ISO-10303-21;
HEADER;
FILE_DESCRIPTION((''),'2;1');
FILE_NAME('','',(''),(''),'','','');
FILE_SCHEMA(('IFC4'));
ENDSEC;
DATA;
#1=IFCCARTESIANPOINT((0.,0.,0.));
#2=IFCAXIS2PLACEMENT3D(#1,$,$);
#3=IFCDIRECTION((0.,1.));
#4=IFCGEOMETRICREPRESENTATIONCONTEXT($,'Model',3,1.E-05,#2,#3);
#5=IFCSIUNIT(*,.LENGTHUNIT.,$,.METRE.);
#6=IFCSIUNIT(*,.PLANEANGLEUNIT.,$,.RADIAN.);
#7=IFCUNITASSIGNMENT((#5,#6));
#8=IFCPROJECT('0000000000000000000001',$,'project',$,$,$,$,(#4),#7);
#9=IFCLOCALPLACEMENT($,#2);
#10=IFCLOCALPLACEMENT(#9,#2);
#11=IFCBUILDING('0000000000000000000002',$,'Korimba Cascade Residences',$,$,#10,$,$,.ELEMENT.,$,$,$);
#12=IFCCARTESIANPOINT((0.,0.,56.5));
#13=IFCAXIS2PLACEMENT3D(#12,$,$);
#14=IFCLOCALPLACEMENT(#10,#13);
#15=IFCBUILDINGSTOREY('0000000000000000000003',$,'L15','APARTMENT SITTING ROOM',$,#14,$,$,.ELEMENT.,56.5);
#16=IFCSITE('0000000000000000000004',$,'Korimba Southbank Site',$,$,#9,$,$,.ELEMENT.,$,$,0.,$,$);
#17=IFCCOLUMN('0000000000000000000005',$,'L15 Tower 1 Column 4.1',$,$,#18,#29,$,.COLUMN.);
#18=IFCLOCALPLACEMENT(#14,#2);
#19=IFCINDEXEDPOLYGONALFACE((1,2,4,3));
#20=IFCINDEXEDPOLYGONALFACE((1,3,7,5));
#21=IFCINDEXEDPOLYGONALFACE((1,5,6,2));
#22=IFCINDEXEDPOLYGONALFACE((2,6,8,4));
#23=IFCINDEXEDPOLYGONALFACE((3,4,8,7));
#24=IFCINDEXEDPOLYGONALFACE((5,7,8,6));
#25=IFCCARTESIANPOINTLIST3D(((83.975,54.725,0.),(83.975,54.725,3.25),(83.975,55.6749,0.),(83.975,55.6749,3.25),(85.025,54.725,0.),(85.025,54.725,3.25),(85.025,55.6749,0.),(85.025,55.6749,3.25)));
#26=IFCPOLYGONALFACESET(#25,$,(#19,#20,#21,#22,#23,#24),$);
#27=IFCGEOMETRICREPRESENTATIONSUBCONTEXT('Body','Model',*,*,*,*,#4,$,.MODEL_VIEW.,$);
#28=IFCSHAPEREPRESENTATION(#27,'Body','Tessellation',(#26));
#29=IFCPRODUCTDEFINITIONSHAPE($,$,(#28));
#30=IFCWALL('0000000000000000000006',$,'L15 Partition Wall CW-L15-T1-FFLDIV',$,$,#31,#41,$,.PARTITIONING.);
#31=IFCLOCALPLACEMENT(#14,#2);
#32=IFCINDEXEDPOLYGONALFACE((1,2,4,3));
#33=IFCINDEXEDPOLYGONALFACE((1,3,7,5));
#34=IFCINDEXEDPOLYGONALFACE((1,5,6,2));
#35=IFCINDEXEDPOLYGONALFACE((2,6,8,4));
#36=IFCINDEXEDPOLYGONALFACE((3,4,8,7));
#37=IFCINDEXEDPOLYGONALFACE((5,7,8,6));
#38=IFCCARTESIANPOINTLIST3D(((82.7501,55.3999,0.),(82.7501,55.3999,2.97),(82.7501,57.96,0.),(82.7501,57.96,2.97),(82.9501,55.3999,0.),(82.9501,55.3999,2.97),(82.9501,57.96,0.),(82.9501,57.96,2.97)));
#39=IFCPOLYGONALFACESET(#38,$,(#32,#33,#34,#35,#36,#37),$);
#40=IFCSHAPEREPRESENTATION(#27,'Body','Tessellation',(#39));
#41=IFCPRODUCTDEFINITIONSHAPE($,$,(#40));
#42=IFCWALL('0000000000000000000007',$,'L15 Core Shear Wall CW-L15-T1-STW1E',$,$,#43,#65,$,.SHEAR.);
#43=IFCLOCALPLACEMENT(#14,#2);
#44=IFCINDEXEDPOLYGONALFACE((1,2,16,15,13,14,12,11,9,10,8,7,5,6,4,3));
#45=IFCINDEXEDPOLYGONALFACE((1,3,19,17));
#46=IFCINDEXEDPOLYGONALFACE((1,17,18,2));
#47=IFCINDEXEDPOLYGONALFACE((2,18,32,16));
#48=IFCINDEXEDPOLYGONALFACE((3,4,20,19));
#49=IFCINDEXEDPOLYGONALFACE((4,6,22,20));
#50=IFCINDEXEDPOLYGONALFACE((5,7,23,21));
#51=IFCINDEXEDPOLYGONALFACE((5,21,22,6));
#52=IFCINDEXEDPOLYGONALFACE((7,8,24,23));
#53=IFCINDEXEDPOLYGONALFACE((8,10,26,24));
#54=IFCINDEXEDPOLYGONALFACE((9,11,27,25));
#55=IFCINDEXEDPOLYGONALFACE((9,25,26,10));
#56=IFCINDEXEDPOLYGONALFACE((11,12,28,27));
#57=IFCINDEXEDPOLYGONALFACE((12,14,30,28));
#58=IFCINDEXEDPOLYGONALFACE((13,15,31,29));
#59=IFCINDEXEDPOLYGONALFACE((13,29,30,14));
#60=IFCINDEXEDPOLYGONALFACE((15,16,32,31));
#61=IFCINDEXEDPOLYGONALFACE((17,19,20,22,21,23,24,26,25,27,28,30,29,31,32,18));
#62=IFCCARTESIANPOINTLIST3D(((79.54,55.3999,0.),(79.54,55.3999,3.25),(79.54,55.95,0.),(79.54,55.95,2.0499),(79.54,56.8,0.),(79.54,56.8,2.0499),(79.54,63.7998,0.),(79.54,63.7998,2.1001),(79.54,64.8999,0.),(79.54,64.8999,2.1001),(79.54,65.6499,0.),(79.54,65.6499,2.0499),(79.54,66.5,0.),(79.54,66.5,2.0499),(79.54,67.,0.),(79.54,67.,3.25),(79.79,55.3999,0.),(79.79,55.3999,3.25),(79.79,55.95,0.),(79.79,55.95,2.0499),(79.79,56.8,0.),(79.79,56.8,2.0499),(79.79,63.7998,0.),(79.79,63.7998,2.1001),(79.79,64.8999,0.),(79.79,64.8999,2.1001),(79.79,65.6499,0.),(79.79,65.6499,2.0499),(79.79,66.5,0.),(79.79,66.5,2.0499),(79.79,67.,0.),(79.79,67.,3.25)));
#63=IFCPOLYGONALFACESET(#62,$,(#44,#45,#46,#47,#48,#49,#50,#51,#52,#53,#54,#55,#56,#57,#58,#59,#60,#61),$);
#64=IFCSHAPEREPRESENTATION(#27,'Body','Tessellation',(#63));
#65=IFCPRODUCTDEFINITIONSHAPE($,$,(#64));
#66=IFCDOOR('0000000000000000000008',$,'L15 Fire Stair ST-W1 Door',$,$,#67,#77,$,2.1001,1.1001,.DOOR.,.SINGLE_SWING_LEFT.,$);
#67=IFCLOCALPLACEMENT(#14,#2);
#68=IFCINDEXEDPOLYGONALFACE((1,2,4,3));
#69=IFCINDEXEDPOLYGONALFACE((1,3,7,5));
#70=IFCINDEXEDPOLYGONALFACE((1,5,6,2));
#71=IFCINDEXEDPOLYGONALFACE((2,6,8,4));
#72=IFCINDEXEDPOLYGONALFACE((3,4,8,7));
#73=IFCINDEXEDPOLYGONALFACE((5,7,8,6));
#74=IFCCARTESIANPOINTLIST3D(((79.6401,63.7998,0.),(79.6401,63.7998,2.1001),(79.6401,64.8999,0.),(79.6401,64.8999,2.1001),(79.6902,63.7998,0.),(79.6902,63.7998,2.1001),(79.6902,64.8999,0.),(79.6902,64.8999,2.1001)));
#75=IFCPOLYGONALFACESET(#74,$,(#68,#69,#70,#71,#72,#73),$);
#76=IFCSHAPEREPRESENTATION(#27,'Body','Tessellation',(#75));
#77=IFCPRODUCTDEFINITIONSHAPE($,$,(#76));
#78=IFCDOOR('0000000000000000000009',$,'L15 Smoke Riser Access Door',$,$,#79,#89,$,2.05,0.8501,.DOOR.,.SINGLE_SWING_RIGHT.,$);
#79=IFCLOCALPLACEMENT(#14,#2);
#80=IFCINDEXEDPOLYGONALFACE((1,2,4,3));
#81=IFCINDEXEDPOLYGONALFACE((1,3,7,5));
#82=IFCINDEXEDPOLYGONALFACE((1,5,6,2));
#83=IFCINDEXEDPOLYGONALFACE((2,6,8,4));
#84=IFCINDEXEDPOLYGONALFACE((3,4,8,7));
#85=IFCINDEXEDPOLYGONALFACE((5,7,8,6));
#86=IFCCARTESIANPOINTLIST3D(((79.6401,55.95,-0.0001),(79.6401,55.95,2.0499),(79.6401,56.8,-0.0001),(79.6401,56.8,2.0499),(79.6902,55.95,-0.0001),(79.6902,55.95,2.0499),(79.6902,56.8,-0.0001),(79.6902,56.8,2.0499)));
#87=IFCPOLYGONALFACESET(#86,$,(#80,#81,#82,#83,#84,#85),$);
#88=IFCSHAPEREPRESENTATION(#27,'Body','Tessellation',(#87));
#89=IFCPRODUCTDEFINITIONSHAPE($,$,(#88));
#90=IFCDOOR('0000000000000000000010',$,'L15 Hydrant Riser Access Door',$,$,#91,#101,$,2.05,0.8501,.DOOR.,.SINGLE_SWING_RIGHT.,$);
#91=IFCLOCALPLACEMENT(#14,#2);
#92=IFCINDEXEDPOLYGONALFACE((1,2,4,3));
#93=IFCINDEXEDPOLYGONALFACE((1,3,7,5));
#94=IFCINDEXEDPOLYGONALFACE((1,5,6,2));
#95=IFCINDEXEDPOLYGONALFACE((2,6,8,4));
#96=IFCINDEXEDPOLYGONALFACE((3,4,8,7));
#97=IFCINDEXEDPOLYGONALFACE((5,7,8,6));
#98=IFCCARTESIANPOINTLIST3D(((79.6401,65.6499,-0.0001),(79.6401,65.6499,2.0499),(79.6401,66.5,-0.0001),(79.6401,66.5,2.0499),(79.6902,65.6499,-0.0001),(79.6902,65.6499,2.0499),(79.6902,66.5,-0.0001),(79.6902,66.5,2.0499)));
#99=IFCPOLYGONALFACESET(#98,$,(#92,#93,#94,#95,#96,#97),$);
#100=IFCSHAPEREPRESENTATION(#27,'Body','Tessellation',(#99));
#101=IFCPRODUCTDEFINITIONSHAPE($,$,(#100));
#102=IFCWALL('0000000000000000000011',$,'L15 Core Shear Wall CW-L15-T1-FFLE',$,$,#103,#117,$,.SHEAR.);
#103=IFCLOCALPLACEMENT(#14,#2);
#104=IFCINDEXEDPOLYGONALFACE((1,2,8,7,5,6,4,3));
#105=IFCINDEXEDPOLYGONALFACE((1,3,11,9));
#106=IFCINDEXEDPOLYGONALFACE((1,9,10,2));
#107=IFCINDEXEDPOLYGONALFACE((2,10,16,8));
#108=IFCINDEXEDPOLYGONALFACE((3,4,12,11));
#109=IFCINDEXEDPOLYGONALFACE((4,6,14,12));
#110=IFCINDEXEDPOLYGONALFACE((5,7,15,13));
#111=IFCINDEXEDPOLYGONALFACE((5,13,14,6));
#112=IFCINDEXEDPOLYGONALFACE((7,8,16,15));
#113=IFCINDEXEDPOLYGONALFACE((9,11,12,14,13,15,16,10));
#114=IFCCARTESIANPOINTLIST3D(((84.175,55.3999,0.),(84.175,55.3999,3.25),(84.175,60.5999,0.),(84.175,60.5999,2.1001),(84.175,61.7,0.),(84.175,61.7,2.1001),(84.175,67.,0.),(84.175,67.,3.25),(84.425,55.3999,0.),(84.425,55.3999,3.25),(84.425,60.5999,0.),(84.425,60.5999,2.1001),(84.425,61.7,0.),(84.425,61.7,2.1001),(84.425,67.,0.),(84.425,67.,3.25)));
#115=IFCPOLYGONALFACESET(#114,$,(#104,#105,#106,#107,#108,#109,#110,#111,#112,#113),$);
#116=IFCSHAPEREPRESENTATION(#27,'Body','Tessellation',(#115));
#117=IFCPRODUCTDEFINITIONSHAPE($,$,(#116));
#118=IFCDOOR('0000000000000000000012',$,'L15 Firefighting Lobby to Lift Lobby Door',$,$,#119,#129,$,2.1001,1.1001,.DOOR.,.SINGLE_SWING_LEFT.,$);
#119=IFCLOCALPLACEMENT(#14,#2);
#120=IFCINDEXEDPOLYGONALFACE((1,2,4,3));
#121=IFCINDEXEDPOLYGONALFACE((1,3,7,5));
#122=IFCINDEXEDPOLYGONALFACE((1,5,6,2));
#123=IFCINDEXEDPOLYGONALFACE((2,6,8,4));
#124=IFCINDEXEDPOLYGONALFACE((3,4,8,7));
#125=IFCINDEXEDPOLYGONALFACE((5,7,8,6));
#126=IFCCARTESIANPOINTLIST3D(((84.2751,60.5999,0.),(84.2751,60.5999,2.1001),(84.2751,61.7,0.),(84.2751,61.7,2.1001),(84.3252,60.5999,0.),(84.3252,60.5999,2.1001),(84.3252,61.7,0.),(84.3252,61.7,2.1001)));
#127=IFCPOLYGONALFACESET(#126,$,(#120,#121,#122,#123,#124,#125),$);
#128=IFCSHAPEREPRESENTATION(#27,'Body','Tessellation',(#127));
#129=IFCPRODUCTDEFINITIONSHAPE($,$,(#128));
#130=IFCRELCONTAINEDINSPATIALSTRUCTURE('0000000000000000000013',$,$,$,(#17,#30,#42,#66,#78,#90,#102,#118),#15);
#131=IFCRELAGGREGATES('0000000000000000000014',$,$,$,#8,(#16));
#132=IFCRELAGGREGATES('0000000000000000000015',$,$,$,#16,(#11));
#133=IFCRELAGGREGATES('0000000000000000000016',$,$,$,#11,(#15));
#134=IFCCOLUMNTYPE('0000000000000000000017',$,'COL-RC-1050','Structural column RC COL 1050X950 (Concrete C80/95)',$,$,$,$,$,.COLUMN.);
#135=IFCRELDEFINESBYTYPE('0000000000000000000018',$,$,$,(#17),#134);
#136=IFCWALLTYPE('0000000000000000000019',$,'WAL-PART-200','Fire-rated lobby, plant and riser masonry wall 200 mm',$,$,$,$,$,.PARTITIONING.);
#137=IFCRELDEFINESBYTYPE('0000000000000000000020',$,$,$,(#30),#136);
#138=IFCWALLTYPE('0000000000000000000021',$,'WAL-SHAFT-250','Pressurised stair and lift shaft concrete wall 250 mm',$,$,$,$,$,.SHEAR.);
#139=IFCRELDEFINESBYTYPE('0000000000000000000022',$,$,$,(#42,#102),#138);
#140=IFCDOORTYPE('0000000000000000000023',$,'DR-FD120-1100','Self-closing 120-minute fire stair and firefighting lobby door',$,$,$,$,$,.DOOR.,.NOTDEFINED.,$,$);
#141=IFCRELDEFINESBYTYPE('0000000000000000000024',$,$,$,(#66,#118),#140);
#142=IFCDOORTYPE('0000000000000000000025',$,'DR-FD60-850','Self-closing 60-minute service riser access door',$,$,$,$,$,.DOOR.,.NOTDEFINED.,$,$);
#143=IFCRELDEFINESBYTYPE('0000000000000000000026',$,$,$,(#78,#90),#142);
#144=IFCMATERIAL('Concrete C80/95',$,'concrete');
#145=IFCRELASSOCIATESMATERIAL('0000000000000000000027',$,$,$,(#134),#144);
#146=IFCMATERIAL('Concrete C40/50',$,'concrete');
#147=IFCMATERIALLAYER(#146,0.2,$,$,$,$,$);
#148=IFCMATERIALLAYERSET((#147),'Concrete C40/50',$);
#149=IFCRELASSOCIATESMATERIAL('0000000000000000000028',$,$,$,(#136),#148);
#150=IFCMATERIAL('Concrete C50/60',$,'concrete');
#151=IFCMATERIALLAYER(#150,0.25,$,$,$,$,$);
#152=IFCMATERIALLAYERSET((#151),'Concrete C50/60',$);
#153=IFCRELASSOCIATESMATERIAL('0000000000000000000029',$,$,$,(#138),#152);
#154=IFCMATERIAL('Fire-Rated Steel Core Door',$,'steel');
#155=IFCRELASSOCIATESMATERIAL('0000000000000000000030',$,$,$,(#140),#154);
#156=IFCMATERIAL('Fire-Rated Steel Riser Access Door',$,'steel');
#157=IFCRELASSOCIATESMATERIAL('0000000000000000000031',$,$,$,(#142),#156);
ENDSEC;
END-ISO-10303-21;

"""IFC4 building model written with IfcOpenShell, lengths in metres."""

from ifc_helpers import new_model, si_unit, direction, frame, frame_2d, origin, origin_2d, place, context, subcontext, project, spatial, rectangle, extrude, material, layer, layer_set, material_profile, profile_set, type_object, element, fill, save


model = new_model("IFC4")

# Units and contexts
model_context = context("Model", 3, precision=1e-05, world=origin(), true_north=direction((0.0, 1.0)))
body_context = subcontext(model_context, "Body", "Model", "MODEL_VIEW")
ifc_project = project(units=[si_unit("LENGTHUNIT", "METRE"), si_unit("PLANEANGLEUNIT", "RADIAN")], contexts=[model_context])

# Site, building, storey
site_placement = place(None, origin())
site = spatial("IfcSite", under=ifc_project, at=site_placement, Name="Korimba Southbank Site", CompositionType="ELEMENT", RefElevation=0.0)
building_placement = place(site_placement, origin())
building = spatial("IfcBuilding", under=site, at=building_placement, Name="Korimba Cascade Residences", CompositionType="ELEMENT")
storey_placement = place(building_placement, frame((0.0, 0.0, 56.5)))
storey = spatial("IfcBuildingStorey", under=building, at=storey_placement, Name="L15", Description="APARTMENT SITTING ROOM", CompositionType="ELEMENT", Elevation=56.5)

# Column
ifc_material_1 = material(Name="Concrete C80/95", Category="concrete")
ifc_material_profile = material_profile(ifc_material_1, rectangle(XDim=1.05, YDim=0.95, at=origin_2d()), Name="Concrete C80/95")
ifc_profile_set = profile_set([ifc_material_profile], Name="Concrete C80/95")
column_type = type_object("IfcColumnType", Name="COL-RC-1050", Description="Structural column RC COL 1050X950 (Concrete C80/95)", PredefinedType="COLUMN", material=ifc_profile_set)
column_placement = place(storey_placement, frame((84.5, 55.2, 0.0), z_axis=(0.0, 0.0, 1.0), x_axis=(1.0, 0.0, 0.0)))
element("IfcColumn", 1, at=column_placement, inside=storey, type_object=column_type, Name="L15 Tower 1 Column 4.1", PredefinedType="COLUMN", context=body_context, shape_type="SweptSolid", body=[
    extrude(rectangle(XDim=1.05, YDim=0.95, at=origin_2d()), origin(), (0.0, 0.0, 1.0), 3.25),
])

# Wall
ifc_material_2 = material(Name="Concrete C40/50", Category="concrete")
ifc_layer_1 = layer(ifc_material_2, 0.2)
ifc_layer_set_1 = layer_set([ifc_layer_1], Name="Concrete C40/50")
wall_type_1 = type_object("IfcWallType", Name="WAL-PART-200", Description="Fire-rated lobby, plant and riser masonry wall 200 mm", PredefinedType="PARTITIONING", material=ifc_layer_set_1)
wall_1_placement = place(storey_placement, frame((82.8501, 55.3999, 0.0), z_axis=(0.0, 0.0, 1.0), x_axis=(0.0, 1.0, 0.0)))
element("IfcWall", 2, at=wall_1_placement, inside=storey, type_object=wall_type_1, Name="L15 Partition Wall CW-L15-T1-FFLDIV", PredefinedType="PARTITIONING", context=body_context, shape_type="SweptSolid", body=[
    extrude(rectangle(XDim=2.5601, YDim=0.2, at=frame_2d((1.28, 0.0))), origin(), (0.0, 0.0, 1.0), 2.97),
])

# Wall, openings, doors
ifc_material_3 = material(Name="Concrete C50/60", Category="concrete")
ifc_layer_2 = layer(ifc_material_3, 0.25)
ifc_layer_set_2 = layer_set([ifc_layer_2], Name="Concrete C50/60")
wall_type_2 = type_object("IfcWallType", Name="WAL-SHAFT-250", Description="Pressurised stair and lift shaft concrete wall 250 mm", PredefinedType="SHEAR", material=ifc_layer_set_2)
wall_2_placement = place(storey_placement, frame((79.665, 55.3999, 0.0), z_axis=(0.0, 0.0, 1.0), x_axis=(0.0, 1.0, 0.0)))
wall_2 = element("IfcWall", 3, at=wall_2_placement, inside=storey, type_object=wall_type_2, Name="L15 Core Shear Wall CW-L15-T1-STW1E", PredefinedType="SHEAR", context=body_context, shape_type="SweptSolid", body=[
    extrude(rectangle(XDim=11.6001, YDim=0.25, at=frame_2d((5.8, 0.0))), origin(), (0.0, 0.0, 1.0), 3.25),
])
opening_1_placement = place(wall_2_placement, frame((0.55, 0.0, 0.0)))
opening_1 = element("IfcOpeningElement", 4, at=opening_1_placement, cuts=wall_2, PredefinedType="OPENING", context=body_context, shape_type="SweptSolid", body=[
    extrude(rectangle(XDim=0.8501, YDim=2.05, at=frame_2d((0.425, 1.0249))), frame((0.0, 0.135, 0.0), z_axis=(0.0, -1.0, 0.0), x_axis=(1.0, 0.0, 0.0)), (0.0, 0.0, 1.0), 0.27),
])
opening_2_placement = place(wall_2_placement, frame((8.3999, 0.0, 0.0)))
opening_2 = element("IfcOpeningElement", 5, at=opening_2_placement, cuts=wall_2, PredefinedType="OPENING", context=body_context, shape_type="SweptSolid", body=[
    extrude(rectangle(XDim=1.1001, YDim=2.1001, at=frame_2d((0.55, 1.05))), frame((0.0, 0.135, 0.0), z_axis=(0.0, -1.0, 0.0), x_axis=(1.0, 0.0, 0.0)), (0.0, 0.0, 1.0), 0.27),
])
opening_3_placement = place(wall_2_placement, frame((10.25, 0.0, 0.0)))
opening_3 = element("IfcOpeningElement", 6, at=opening_3_placement, cuts=wall_2, PredefinedType="OPENING", context=body_context, shape_type="SweptSolid", body=[
    extrude(rectangle(XDim=0.8501, YDim=2.05, at=frame_2d((0.425, 1.0249))), frame((0.0, 0.135, 0.0), z_axis=(0.0, -1.0, 0.0), x_axis=(1.0, 0.0, 0.0)), (0.0, 0.0, 1.0), 0.27),
])
ifc_material_4 = material(Name="Fire-Rated Steel Core Door", Category="steel")
door_type_1 = type_object("IfcDoorType", Name="DR-FD120-1100", Description="Self-closing 120-minute fire stair and firefighting lobby door", OperationType="NOTDEFINED", PredefinedType="DOOR", material=ifc_material_4)
door_1_placement = place(opening_2_placement, origin())
door_1 = element("IfcDoor", 7, at=door_1_placement, inside=storey, type_object=door_type_1, Name="L15 Fire Stair ST-W1 Door", OperationType="SINGLE_SWING_LEFT", OverallHeight=2.1001, OverallWidth=1.1001, PredefinedType="DOOR", context=body_context, shape_type="SweptSolid", body=[
    extrude(rectangle(XDim=1.1001, YDim=2.1001, at=frame_2d((0.55, 1.05))), frame((0.0, 0.0249, 0.0), z_axis=(0.0, -1.0, 0.0), x_axis=(1.0, 0.0, 0.0)), (0.0, 0.0, 1.0), 0.05),
])
fill(opening_2, door_1)
ifc_material_5 = material(Name="Fire-Rated Steel Riser Access Door", Category="steel")
door_type_2 = type_object("IfcDoorType", Name="DR-FD60-850", Description="Self-closing 60-minute service riser access door", OperationType="NOTDEFINED", PredefinedType="DOOR", material=ifc_material_5)
door_2_placement = place(opening_1_placement, origin())
door_2 = element("IfcDoor", 8, at=door_2_placement, inside=storey, type_object=door_type_2, Name="L15 Smoke Riser Access Door", OperationType="SINGLE_SWING_RIGHT", OverallHeight=2.05, OverallWidth=0.8501, PredefinedType="DOOR", context=body_context, shape_type="SweptSolid", body=[
    extrude(rectangle(XDim=0.8501, YDim=2.05, at=frame_2d((0.425, 1.0249))), frame((0.0, 0.0249, 0.0), z_axis=(0.0, -1.0, 0.0), x_axis=(1.0, 0.0, 0.0)), (0.0, 0.0, 1.0), 0.05),
])
fill(opening_1, door_2)
door_3_placement = place(opening_3_placement, origin())
door_3 = element("IfcDoor", 9, at=door_3_placement, inside=storey, type_object=door_type_2, Name="L15 Hydrant Riser Access Door", OperationType="SINGLE_SWING_RIGHT", OverallHeight=2.05, OverallWidth=0.8501, PredefinedType="DOOR", context=body_context, shape_type="SweptSolid", body=[
    extrude(rectangle(XDim=0.8501, YDim=2.05, at=frame_2d((0.425, 1.0249))), frame((0.0, 0.0249, 0.0), z_axis=(0.0, -1.0, 0.0), x_axis=(1.0, 0.0, 0.0)), (0.0, 0.0, 1.0), 0.05),
])
fill(opening_3, door_3)

# Wall, opening, door
wall_3_placement = place(storey_placement, frame((84.3, 55.3999, 0.0), z_axis=(0.0, 0.0, 1.0), x_axis=(0.0, 1.0, 0.0)))
wall_3 = element("IfcWall", 10, at=wall_3_placement, inside=storey, type_object=wall_type_2, Name="L15 Core Shear Wall CW-L15-T1-FFLE", PredefinedType="SHEAR", context=body_context, shape_type="SweptSolid", body=[
    extrude(rectangle(XDim=11.6001, YDim=0.25, at=frame_2d((5.8, 0.0))), origin(), (0.0, 0.0, 1.0), 3.25),
])
opening_4_placement = place(wall_3_placement, frame((5.2, 0.0, 0.0)))
opening_4 = element("IfcOpeningElement", 11, at=opening_4_placement, cuts=wall_3, PredefinedType="OPENING", context=body_context, shape_type="SweptSolid", body=[
    extrude(rectangle(XDim=1.1001, YDim=2.1001, at=frame_2d((0.55, 1.05))), frame((0.0, 0.135, 0.0), z_axis=(0.0, -1.0, 0.0), x_axis=(1.0, 0.0, 0.0)), (0.0, 0.0, 1.0), 0.27),
])
door_4_placement = place(opening_4_placement, origin())
door_4 = element("IfcDoor", 12, at=door_4_placement, inside=storey, type_object=door_type_1, Name="L15 Firefighting Lobby to Lift Lobby Door", OperationType="SINGLE_SWING_LEFT", OverallHeight=2.1001, OverallWidth=1.1001, PredefinedType="DOOR", context=body_context, shape_type="SweptSolid", body=[
    extrude(rectangle(XDim=1.1001, YDim=2.1001, at=frame_2d((0.55, 1.05))), frame((0.0, 0.0249, 0.0), z_axis=(0.0, -1.0, 0.0), x_axis=(1.0, 0.0, 0.0)), (0.0, 0.0, 1.0), 0.05),
])
fill(opening_4, door_4)

save(model, "model.ifc")
